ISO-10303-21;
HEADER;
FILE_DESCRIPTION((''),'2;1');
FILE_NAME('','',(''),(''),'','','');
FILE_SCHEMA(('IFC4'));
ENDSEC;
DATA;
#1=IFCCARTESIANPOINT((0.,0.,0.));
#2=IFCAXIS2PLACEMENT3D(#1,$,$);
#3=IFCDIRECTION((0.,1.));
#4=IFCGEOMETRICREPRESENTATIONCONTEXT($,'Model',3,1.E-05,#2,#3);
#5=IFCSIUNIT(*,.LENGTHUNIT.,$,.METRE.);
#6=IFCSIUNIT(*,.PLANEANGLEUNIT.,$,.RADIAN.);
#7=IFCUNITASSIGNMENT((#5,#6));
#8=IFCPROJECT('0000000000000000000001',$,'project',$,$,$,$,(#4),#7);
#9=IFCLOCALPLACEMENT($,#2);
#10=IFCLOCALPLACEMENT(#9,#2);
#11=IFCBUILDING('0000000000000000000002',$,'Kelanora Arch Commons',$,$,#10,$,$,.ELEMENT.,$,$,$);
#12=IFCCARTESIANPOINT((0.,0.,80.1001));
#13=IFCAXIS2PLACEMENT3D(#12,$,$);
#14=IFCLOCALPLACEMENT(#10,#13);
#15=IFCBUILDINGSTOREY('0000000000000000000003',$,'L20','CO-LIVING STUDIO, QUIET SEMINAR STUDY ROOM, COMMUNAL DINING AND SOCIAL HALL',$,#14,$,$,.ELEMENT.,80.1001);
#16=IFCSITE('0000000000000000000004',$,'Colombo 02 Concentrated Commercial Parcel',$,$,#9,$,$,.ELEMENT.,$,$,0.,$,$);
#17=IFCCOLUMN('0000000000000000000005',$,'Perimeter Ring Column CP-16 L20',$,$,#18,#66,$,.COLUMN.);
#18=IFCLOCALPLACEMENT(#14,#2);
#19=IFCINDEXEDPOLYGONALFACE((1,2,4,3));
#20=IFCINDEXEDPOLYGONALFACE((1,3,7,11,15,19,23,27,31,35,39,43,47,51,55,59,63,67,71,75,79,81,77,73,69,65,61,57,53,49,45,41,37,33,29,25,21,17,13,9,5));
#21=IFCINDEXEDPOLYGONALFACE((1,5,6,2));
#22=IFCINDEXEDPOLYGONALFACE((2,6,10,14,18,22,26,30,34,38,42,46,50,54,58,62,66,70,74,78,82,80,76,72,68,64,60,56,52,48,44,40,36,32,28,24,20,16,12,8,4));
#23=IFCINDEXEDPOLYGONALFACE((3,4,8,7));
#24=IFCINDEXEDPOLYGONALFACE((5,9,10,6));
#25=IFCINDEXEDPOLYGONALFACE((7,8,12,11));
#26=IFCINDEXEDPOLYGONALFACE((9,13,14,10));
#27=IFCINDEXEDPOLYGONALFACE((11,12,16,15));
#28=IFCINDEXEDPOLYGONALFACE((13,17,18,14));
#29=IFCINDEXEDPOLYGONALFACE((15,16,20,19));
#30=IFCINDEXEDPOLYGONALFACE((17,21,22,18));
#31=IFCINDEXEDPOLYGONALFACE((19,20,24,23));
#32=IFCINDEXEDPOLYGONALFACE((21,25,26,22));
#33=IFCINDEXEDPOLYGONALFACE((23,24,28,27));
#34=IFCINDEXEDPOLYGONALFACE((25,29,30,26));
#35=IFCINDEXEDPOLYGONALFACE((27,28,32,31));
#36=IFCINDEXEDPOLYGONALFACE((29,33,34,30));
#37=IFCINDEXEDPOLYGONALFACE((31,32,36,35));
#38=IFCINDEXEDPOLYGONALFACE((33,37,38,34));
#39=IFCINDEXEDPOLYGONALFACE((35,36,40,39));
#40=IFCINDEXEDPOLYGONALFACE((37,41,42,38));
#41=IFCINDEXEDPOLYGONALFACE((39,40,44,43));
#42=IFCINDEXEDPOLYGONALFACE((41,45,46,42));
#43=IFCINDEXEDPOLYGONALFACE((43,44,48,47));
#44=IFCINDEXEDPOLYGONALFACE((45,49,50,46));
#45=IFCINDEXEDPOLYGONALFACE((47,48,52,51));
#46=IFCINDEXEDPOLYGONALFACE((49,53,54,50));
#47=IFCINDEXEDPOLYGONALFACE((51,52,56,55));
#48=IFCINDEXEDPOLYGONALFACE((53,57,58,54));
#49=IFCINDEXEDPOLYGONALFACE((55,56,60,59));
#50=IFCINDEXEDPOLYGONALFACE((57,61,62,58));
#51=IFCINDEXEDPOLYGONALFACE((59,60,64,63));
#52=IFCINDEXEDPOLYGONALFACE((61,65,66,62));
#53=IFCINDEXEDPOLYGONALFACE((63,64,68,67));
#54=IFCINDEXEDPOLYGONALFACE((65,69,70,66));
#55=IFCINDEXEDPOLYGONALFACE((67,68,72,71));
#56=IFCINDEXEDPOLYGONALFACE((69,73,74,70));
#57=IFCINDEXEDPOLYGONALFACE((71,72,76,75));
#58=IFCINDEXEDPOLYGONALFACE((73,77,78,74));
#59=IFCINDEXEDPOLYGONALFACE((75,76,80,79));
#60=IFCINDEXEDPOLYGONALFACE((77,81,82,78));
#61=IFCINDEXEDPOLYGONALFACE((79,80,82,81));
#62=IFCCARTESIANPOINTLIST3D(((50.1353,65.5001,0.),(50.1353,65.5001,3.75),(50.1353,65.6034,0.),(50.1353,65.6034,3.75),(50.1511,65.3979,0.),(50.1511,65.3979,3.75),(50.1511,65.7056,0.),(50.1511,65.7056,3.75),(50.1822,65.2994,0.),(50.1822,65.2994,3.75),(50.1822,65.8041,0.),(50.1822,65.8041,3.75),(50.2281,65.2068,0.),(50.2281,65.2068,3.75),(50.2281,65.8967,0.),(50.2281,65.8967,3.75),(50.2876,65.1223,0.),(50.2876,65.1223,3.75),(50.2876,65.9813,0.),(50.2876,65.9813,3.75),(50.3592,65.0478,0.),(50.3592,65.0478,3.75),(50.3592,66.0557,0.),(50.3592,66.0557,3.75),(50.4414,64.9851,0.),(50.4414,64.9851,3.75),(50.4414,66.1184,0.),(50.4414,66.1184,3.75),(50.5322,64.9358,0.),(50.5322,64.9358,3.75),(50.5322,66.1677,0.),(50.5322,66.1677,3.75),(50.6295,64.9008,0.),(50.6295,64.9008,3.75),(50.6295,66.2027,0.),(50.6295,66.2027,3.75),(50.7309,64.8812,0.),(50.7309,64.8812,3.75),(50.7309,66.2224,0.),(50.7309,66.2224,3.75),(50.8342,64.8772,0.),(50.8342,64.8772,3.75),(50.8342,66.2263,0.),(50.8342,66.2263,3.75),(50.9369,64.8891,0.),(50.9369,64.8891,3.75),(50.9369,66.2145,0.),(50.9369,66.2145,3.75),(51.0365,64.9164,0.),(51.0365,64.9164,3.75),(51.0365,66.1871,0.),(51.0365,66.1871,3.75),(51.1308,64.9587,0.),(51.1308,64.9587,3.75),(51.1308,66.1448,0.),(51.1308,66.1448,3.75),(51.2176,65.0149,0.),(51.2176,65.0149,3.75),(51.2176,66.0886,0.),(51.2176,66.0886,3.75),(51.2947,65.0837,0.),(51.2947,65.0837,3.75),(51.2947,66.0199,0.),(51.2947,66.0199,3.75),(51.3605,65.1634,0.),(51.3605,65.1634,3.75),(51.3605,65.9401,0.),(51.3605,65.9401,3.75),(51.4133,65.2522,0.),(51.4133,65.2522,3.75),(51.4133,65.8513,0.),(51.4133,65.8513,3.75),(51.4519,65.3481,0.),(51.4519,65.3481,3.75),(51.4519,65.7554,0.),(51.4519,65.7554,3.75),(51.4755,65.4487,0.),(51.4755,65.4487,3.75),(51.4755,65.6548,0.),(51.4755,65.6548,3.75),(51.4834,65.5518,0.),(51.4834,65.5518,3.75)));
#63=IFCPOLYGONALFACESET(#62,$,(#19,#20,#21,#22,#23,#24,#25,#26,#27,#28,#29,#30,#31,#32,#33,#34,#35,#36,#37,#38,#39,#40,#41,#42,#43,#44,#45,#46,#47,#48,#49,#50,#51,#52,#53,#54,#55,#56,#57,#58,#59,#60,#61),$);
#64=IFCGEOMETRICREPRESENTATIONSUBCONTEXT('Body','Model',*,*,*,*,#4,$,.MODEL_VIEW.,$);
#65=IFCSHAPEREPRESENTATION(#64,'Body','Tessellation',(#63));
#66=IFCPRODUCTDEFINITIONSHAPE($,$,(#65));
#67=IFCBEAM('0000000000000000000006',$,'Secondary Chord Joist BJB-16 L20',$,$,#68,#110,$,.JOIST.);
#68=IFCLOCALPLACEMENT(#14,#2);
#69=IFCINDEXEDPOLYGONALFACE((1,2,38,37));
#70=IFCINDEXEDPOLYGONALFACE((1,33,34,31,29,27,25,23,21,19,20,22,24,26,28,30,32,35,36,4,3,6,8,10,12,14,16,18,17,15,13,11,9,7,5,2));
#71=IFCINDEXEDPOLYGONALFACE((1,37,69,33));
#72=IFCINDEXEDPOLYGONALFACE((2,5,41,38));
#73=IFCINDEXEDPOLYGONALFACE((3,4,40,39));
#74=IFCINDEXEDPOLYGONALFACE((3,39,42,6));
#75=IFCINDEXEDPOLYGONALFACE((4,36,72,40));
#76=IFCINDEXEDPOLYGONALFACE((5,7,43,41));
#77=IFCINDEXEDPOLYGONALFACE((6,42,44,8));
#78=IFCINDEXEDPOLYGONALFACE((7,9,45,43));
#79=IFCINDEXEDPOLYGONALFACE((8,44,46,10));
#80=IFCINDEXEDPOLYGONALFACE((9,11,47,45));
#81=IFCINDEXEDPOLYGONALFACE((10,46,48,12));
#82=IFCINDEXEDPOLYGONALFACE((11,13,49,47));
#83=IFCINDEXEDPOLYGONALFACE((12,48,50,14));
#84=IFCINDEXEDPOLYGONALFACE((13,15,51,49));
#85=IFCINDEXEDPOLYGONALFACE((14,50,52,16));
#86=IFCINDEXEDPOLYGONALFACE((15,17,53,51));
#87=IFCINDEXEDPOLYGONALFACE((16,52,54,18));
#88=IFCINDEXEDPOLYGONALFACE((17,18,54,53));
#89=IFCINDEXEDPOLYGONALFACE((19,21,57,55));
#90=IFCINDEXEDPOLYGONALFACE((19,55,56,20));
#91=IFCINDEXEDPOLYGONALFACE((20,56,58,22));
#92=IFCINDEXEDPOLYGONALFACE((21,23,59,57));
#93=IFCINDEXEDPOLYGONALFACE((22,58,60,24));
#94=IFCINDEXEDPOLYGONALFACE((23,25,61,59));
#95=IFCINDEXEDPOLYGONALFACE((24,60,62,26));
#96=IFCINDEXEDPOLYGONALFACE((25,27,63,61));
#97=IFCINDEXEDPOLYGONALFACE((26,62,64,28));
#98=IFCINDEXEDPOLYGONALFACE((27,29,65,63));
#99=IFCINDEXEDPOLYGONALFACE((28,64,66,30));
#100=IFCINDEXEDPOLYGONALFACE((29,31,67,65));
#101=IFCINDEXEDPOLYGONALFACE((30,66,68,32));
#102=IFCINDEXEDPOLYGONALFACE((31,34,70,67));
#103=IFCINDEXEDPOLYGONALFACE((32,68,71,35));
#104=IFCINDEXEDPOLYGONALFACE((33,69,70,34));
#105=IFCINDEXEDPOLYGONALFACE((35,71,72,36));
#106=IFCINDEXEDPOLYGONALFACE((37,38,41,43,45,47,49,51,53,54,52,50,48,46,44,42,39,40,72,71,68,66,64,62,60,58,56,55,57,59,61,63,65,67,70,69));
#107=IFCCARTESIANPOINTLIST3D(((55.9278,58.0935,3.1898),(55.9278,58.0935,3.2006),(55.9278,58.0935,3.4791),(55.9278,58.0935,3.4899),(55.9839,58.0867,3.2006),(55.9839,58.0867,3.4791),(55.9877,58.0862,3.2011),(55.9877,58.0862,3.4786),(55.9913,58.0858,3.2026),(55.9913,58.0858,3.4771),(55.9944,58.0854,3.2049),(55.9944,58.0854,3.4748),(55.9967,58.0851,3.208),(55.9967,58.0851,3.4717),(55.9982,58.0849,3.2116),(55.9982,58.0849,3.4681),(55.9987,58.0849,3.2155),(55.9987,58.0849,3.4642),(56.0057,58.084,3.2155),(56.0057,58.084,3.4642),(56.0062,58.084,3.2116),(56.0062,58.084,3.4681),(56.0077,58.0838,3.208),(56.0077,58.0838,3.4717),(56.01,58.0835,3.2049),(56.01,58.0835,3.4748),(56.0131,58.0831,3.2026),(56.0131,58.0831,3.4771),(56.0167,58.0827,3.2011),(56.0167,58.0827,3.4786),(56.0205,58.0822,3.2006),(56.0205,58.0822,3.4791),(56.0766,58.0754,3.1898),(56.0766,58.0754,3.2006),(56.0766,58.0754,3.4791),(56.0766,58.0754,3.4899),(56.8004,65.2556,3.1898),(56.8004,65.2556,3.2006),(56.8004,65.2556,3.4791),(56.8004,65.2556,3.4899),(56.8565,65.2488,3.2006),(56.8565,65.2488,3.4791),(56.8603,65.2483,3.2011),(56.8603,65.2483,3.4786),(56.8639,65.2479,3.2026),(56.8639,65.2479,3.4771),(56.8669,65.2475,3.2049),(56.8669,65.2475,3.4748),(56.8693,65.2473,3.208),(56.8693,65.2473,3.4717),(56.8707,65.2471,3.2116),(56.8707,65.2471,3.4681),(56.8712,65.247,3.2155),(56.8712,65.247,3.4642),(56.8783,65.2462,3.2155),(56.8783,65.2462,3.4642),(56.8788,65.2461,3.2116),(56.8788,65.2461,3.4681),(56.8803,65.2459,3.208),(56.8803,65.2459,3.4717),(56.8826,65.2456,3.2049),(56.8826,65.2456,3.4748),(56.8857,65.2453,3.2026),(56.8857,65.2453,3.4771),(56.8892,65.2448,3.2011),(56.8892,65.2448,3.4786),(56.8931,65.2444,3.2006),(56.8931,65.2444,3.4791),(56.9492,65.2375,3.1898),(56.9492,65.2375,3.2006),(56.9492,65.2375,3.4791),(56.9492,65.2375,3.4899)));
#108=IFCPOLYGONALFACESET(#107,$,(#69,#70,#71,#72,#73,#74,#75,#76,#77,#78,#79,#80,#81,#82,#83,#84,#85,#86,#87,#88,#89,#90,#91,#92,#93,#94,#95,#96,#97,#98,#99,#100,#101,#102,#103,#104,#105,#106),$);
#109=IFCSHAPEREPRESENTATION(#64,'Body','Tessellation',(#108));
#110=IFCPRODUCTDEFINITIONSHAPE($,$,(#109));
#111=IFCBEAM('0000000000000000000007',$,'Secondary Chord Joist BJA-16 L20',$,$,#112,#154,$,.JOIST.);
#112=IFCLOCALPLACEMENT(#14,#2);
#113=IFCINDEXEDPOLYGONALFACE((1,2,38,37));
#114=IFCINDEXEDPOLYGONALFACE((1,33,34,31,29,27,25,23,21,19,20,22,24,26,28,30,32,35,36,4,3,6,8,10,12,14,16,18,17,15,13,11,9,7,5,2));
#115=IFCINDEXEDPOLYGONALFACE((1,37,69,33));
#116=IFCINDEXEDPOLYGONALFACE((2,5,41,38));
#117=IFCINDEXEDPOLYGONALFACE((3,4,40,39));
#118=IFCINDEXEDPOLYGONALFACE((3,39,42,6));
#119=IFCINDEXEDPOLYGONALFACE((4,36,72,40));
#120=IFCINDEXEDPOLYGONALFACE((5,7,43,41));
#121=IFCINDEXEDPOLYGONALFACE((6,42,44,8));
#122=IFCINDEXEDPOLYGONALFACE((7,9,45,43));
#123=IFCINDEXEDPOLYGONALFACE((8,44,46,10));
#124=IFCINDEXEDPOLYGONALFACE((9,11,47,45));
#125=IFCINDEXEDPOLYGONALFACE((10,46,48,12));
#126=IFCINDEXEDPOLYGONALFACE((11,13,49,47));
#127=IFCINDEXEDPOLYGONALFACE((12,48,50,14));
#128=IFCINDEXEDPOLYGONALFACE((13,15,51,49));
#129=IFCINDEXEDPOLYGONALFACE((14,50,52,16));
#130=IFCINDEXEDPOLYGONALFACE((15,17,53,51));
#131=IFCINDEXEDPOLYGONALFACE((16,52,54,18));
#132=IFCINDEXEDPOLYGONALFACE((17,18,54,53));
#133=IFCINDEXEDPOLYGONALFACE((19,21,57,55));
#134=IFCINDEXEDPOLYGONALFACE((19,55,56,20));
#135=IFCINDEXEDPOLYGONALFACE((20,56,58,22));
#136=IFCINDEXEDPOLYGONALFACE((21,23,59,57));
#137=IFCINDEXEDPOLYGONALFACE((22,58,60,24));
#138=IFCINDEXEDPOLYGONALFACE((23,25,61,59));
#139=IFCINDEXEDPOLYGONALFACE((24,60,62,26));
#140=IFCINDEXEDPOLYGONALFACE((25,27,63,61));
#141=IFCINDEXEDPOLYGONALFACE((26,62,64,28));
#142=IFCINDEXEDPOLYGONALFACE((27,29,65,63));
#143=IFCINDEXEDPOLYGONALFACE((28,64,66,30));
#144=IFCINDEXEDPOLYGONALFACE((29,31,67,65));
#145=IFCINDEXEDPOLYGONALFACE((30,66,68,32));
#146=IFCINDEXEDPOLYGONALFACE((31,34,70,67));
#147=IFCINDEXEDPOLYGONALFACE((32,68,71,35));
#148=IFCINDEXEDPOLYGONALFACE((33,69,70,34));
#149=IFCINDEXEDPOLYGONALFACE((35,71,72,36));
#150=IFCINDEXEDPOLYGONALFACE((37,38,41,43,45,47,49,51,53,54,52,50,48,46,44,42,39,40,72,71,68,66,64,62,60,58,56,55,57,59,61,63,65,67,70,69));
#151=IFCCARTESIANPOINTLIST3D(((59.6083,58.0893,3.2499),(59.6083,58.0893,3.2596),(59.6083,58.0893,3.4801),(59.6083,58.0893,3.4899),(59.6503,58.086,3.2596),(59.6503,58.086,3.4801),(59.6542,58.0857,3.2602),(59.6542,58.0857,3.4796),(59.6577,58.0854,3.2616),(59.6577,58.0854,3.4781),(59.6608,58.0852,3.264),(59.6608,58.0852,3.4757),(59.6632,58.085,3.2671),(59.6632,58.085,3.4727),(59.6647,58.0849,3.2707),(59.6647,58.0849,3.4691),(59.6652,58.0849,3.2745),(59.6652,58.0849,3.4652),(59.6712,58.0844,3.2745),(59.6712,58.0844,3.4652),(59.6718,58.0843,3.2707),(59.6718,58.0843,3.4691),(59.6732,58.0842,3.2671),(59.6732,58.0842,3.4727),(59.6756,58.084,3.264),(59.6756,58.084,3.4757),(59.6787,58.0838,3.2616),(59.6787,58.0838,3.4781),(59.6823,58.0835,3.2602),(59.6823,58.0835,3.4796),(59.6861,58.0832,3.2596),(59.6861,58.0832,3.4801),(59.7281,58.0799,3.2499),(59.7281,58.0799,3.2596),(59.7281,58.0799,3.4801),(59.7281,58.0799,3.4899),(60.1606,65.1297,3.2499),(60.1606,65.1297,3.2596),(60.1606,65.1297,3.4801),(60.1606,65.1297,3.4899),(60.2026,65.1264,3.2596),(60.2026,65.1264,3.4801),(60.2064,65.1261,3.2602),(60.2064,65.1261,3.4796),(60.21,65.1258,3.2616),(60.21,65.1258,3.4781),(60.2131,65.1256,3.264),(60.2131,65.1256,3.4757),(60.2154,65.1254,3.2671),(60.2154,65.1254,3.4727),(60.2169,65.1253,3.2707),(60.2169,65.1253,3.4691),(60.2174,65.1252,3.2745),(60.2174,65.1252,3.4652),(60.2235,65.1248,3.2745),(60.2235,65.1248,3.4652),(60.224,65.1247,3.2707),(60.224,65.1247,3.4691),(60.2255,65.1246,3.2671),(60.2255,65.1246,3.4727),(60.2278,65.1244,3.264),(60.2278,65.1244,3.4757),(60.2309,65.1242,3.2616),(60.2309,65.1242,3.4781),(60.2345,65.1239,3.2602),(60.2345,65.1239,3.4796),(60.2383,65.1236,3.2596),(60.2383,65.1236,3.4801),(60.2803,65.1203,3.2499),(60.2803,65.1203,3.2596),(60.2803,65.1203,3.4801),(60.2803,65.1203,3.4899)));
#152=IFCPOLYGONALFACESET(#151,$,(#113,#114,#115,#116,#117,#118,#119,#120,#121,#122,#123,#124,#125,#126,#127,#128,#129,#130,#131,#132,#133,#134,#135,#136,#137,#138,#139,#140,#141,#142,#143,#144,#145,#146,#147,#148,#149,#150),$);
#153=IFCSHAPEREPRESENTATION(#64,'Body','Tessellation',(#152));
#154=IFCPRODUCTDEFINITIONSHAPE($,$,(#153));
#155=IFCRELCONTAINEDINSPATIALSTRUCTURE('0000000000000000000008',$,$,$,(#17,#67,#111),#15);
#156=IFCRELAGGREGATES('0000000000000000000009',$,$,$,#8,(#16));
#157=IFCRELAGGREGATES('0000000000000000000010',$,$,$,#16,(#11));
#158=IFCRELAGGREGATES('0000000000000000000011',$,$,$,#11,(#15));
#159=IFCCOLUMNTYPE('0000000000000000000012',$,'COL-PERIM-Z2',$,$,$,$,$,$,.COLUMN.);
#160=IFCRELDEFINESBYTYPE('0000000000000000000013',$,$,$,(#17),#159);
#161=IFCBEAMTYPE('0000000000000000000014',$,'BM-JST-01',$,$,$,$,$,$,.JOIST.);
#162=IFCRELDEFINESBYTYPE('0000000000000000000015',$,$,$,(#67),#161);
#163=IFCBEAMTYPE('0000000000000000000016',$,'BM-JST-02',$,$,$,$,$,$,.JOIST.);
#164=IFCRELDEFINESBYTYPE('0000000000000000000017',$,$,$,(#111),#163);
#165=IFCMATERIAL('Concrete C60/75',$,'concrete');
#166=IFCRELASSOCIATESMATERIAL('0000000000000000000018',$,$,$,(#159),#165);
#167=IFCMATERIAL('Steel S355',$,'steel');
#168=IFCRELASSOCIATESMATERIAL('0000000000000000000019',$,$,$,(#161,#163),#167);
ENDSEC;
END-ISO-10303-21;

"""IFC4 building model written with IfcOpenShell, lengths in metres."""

from ifc_helpers import new_model, si_unit, direction, frame, origin, origin_2d, place, context, subcontext, project, spatial, circle, i_section, extrude, material, material_profile, profile_set, type_object, element, save


model = new_model("IFC4")

# Units and contexts
model_context = context("Model", 3, precision=1e-05, world=origin(), true_north=direction((0.0, 1.0)))
body_context = subcontext(model_context, "Body", "Model", "MODEL_VIEW")
ifc_project = project(units=[si_unit("LENGTHUNIT", "METRE"), si_unit("PLANEANGLEUNIT", "RADIAN")], contexts=[model_context])

# Site, building, storey
site_placement = place(None, origin())
site = spatial("IfcSite", under=ifc_project, at=site_placement, Name="Colombo 02 Concentrated Commercial Parcel", CompositionType="ELEMENT", RefElevation=0.0)
building_placement = place(site_placement, origin())
building = spatial("IfcBuilding", under=site, at=building_placement, Name="Kelanora Arch Commons", CompositionType="ELEMENT")
storey_placement = place(building_placement, frame((0.0, 0.0, 80.1001)))
storey = spatial("IfcBuildingStorey", under=building, at=storey_placement, Name="L20", Description="CO-LIVING STUDIO, QUIET SEMINAR STUDY ROOM, COMMUNAL DINING AND SOCIAL HALL", CompositionType="ELEMENT", Elevation=80.1001)

# Column
ifc_material_1 = material(Name="Concrete C60/75", Category="concrete")
ifc_material_profile_1 = material_profile(ifc_material_1, circle(Radius=0.675, at=origin_2d()), Name="RCC1350")
ifc_profile_set_1 = profile_set([ifc_material_profile_1], Name="Concrete C60/75")
column_type = type_object("IfcColumnType", Name="COL-PERIM-Z2", PredefinedType="COLUMN", material=ifc_profile_set_1)
column_placement = place(storey_placement, frame((50.8083, 65.5518, 0.0), z_axis=(0.0, 0.0, 1.0), x_axis=(1.0, 0.0, 0.0)))
element("IfcColumn", 1, at=column_placement, inside=storey, type_object=column_type, Name="Perimeter Ring Column CP-16 L20", PredefinedType="COLUMN", context=body_context, shape_type="SweptSolid", body=[
    extrude(circle(Radius=0.675, at=origin_2d()), origin(), (0.0, 0.0, 1.0), 3.75),
])

# Beams
ifc_material_2 = material(Name="Steel S355", Category="steel")
ifc_material_profile_2 = material_profile(ifc_material_2, i_section(OverallWidth=0.1499, OverallDepth=0.3, WebThickness=0.0071, FlangeThickness=0.0107, FilletRadius=0.0149, at=origin_2d()), Name="IPE300")
ifc_profile_set_2 = profile_set([ifc_material_profile_2], Name="Steel S355")
beam_type_1 = type_object("IfcBeamType", Name="BM-JST-01", PredefinedType="JOIST", material=ifc_profile_set_2)
beam_1_placement = place(storey_placement, frame((56.8748, 65.2466, 3.3398), z_axis=(-0.120936, -0.99266, 0.0), x_axis=(0.99266, -0.120936, 0.0)))
element("IfcBeam", 2, at=beam_1_placement, inside=storey, type_object=beam_type_1, Name="Secondary Chord Joist BJB-16 L20", PredefinedType="JOIST", context=body_context, shape_type="SweptSolid", body=[
    extrude(i_section(OverallWidth=0.1499, OverallDepth=0.3, WebThickness=0.0071, FlangeThickness=0.0107, FilletRadius=0.0149, at=origin_2d()), origin(), (0.0, 0.0, 1.0), 7.2151),
])
ifc_material_profile_3 = material_profile(ifc_material_2, i_section(OverallWidth=0.1201, OverallDepth=0.24, WebThickness=0.0061, FlangeThickness=0.0098, FilletRadius=0.0149, at=origin_2d()), Name="IPE240")
ifc_profile_set_3 = profile_set([ifc_material_profile_3], Name="Steel S355")
beam_type_2 = type_object("IfcBeamType", Name="BM-JST-02", PredefinedType="JOIST", material=ifc_profile_set_3)
beam_2_placement = place(storey_placement, frame((60.2205, 65.125, 3.3699), z_axis=(-0.078201, -0.996938, 0.0), x_axis=(0.996938, -0.078201, 0.0)))
element("IfcBeam", 3, at=beam_2_placement, inside=storey, type_object=beam_type_2, Name="Secondary Chord Joist BJA-16 L20", PredefinedType="JOIST", context=body_context, shape_type="SweptSolid", body=[
    extrude(i_section(OverallWidth=0.1201, OverallDepth=0.24, WebThickness=0.0061, FlangeThickness=0.0098, FilletRadius=0.0149, at=origin_2d()), origin(), (0.0, 0.0, 1.0), 7.062),
])

save(model, "model.ifc")
